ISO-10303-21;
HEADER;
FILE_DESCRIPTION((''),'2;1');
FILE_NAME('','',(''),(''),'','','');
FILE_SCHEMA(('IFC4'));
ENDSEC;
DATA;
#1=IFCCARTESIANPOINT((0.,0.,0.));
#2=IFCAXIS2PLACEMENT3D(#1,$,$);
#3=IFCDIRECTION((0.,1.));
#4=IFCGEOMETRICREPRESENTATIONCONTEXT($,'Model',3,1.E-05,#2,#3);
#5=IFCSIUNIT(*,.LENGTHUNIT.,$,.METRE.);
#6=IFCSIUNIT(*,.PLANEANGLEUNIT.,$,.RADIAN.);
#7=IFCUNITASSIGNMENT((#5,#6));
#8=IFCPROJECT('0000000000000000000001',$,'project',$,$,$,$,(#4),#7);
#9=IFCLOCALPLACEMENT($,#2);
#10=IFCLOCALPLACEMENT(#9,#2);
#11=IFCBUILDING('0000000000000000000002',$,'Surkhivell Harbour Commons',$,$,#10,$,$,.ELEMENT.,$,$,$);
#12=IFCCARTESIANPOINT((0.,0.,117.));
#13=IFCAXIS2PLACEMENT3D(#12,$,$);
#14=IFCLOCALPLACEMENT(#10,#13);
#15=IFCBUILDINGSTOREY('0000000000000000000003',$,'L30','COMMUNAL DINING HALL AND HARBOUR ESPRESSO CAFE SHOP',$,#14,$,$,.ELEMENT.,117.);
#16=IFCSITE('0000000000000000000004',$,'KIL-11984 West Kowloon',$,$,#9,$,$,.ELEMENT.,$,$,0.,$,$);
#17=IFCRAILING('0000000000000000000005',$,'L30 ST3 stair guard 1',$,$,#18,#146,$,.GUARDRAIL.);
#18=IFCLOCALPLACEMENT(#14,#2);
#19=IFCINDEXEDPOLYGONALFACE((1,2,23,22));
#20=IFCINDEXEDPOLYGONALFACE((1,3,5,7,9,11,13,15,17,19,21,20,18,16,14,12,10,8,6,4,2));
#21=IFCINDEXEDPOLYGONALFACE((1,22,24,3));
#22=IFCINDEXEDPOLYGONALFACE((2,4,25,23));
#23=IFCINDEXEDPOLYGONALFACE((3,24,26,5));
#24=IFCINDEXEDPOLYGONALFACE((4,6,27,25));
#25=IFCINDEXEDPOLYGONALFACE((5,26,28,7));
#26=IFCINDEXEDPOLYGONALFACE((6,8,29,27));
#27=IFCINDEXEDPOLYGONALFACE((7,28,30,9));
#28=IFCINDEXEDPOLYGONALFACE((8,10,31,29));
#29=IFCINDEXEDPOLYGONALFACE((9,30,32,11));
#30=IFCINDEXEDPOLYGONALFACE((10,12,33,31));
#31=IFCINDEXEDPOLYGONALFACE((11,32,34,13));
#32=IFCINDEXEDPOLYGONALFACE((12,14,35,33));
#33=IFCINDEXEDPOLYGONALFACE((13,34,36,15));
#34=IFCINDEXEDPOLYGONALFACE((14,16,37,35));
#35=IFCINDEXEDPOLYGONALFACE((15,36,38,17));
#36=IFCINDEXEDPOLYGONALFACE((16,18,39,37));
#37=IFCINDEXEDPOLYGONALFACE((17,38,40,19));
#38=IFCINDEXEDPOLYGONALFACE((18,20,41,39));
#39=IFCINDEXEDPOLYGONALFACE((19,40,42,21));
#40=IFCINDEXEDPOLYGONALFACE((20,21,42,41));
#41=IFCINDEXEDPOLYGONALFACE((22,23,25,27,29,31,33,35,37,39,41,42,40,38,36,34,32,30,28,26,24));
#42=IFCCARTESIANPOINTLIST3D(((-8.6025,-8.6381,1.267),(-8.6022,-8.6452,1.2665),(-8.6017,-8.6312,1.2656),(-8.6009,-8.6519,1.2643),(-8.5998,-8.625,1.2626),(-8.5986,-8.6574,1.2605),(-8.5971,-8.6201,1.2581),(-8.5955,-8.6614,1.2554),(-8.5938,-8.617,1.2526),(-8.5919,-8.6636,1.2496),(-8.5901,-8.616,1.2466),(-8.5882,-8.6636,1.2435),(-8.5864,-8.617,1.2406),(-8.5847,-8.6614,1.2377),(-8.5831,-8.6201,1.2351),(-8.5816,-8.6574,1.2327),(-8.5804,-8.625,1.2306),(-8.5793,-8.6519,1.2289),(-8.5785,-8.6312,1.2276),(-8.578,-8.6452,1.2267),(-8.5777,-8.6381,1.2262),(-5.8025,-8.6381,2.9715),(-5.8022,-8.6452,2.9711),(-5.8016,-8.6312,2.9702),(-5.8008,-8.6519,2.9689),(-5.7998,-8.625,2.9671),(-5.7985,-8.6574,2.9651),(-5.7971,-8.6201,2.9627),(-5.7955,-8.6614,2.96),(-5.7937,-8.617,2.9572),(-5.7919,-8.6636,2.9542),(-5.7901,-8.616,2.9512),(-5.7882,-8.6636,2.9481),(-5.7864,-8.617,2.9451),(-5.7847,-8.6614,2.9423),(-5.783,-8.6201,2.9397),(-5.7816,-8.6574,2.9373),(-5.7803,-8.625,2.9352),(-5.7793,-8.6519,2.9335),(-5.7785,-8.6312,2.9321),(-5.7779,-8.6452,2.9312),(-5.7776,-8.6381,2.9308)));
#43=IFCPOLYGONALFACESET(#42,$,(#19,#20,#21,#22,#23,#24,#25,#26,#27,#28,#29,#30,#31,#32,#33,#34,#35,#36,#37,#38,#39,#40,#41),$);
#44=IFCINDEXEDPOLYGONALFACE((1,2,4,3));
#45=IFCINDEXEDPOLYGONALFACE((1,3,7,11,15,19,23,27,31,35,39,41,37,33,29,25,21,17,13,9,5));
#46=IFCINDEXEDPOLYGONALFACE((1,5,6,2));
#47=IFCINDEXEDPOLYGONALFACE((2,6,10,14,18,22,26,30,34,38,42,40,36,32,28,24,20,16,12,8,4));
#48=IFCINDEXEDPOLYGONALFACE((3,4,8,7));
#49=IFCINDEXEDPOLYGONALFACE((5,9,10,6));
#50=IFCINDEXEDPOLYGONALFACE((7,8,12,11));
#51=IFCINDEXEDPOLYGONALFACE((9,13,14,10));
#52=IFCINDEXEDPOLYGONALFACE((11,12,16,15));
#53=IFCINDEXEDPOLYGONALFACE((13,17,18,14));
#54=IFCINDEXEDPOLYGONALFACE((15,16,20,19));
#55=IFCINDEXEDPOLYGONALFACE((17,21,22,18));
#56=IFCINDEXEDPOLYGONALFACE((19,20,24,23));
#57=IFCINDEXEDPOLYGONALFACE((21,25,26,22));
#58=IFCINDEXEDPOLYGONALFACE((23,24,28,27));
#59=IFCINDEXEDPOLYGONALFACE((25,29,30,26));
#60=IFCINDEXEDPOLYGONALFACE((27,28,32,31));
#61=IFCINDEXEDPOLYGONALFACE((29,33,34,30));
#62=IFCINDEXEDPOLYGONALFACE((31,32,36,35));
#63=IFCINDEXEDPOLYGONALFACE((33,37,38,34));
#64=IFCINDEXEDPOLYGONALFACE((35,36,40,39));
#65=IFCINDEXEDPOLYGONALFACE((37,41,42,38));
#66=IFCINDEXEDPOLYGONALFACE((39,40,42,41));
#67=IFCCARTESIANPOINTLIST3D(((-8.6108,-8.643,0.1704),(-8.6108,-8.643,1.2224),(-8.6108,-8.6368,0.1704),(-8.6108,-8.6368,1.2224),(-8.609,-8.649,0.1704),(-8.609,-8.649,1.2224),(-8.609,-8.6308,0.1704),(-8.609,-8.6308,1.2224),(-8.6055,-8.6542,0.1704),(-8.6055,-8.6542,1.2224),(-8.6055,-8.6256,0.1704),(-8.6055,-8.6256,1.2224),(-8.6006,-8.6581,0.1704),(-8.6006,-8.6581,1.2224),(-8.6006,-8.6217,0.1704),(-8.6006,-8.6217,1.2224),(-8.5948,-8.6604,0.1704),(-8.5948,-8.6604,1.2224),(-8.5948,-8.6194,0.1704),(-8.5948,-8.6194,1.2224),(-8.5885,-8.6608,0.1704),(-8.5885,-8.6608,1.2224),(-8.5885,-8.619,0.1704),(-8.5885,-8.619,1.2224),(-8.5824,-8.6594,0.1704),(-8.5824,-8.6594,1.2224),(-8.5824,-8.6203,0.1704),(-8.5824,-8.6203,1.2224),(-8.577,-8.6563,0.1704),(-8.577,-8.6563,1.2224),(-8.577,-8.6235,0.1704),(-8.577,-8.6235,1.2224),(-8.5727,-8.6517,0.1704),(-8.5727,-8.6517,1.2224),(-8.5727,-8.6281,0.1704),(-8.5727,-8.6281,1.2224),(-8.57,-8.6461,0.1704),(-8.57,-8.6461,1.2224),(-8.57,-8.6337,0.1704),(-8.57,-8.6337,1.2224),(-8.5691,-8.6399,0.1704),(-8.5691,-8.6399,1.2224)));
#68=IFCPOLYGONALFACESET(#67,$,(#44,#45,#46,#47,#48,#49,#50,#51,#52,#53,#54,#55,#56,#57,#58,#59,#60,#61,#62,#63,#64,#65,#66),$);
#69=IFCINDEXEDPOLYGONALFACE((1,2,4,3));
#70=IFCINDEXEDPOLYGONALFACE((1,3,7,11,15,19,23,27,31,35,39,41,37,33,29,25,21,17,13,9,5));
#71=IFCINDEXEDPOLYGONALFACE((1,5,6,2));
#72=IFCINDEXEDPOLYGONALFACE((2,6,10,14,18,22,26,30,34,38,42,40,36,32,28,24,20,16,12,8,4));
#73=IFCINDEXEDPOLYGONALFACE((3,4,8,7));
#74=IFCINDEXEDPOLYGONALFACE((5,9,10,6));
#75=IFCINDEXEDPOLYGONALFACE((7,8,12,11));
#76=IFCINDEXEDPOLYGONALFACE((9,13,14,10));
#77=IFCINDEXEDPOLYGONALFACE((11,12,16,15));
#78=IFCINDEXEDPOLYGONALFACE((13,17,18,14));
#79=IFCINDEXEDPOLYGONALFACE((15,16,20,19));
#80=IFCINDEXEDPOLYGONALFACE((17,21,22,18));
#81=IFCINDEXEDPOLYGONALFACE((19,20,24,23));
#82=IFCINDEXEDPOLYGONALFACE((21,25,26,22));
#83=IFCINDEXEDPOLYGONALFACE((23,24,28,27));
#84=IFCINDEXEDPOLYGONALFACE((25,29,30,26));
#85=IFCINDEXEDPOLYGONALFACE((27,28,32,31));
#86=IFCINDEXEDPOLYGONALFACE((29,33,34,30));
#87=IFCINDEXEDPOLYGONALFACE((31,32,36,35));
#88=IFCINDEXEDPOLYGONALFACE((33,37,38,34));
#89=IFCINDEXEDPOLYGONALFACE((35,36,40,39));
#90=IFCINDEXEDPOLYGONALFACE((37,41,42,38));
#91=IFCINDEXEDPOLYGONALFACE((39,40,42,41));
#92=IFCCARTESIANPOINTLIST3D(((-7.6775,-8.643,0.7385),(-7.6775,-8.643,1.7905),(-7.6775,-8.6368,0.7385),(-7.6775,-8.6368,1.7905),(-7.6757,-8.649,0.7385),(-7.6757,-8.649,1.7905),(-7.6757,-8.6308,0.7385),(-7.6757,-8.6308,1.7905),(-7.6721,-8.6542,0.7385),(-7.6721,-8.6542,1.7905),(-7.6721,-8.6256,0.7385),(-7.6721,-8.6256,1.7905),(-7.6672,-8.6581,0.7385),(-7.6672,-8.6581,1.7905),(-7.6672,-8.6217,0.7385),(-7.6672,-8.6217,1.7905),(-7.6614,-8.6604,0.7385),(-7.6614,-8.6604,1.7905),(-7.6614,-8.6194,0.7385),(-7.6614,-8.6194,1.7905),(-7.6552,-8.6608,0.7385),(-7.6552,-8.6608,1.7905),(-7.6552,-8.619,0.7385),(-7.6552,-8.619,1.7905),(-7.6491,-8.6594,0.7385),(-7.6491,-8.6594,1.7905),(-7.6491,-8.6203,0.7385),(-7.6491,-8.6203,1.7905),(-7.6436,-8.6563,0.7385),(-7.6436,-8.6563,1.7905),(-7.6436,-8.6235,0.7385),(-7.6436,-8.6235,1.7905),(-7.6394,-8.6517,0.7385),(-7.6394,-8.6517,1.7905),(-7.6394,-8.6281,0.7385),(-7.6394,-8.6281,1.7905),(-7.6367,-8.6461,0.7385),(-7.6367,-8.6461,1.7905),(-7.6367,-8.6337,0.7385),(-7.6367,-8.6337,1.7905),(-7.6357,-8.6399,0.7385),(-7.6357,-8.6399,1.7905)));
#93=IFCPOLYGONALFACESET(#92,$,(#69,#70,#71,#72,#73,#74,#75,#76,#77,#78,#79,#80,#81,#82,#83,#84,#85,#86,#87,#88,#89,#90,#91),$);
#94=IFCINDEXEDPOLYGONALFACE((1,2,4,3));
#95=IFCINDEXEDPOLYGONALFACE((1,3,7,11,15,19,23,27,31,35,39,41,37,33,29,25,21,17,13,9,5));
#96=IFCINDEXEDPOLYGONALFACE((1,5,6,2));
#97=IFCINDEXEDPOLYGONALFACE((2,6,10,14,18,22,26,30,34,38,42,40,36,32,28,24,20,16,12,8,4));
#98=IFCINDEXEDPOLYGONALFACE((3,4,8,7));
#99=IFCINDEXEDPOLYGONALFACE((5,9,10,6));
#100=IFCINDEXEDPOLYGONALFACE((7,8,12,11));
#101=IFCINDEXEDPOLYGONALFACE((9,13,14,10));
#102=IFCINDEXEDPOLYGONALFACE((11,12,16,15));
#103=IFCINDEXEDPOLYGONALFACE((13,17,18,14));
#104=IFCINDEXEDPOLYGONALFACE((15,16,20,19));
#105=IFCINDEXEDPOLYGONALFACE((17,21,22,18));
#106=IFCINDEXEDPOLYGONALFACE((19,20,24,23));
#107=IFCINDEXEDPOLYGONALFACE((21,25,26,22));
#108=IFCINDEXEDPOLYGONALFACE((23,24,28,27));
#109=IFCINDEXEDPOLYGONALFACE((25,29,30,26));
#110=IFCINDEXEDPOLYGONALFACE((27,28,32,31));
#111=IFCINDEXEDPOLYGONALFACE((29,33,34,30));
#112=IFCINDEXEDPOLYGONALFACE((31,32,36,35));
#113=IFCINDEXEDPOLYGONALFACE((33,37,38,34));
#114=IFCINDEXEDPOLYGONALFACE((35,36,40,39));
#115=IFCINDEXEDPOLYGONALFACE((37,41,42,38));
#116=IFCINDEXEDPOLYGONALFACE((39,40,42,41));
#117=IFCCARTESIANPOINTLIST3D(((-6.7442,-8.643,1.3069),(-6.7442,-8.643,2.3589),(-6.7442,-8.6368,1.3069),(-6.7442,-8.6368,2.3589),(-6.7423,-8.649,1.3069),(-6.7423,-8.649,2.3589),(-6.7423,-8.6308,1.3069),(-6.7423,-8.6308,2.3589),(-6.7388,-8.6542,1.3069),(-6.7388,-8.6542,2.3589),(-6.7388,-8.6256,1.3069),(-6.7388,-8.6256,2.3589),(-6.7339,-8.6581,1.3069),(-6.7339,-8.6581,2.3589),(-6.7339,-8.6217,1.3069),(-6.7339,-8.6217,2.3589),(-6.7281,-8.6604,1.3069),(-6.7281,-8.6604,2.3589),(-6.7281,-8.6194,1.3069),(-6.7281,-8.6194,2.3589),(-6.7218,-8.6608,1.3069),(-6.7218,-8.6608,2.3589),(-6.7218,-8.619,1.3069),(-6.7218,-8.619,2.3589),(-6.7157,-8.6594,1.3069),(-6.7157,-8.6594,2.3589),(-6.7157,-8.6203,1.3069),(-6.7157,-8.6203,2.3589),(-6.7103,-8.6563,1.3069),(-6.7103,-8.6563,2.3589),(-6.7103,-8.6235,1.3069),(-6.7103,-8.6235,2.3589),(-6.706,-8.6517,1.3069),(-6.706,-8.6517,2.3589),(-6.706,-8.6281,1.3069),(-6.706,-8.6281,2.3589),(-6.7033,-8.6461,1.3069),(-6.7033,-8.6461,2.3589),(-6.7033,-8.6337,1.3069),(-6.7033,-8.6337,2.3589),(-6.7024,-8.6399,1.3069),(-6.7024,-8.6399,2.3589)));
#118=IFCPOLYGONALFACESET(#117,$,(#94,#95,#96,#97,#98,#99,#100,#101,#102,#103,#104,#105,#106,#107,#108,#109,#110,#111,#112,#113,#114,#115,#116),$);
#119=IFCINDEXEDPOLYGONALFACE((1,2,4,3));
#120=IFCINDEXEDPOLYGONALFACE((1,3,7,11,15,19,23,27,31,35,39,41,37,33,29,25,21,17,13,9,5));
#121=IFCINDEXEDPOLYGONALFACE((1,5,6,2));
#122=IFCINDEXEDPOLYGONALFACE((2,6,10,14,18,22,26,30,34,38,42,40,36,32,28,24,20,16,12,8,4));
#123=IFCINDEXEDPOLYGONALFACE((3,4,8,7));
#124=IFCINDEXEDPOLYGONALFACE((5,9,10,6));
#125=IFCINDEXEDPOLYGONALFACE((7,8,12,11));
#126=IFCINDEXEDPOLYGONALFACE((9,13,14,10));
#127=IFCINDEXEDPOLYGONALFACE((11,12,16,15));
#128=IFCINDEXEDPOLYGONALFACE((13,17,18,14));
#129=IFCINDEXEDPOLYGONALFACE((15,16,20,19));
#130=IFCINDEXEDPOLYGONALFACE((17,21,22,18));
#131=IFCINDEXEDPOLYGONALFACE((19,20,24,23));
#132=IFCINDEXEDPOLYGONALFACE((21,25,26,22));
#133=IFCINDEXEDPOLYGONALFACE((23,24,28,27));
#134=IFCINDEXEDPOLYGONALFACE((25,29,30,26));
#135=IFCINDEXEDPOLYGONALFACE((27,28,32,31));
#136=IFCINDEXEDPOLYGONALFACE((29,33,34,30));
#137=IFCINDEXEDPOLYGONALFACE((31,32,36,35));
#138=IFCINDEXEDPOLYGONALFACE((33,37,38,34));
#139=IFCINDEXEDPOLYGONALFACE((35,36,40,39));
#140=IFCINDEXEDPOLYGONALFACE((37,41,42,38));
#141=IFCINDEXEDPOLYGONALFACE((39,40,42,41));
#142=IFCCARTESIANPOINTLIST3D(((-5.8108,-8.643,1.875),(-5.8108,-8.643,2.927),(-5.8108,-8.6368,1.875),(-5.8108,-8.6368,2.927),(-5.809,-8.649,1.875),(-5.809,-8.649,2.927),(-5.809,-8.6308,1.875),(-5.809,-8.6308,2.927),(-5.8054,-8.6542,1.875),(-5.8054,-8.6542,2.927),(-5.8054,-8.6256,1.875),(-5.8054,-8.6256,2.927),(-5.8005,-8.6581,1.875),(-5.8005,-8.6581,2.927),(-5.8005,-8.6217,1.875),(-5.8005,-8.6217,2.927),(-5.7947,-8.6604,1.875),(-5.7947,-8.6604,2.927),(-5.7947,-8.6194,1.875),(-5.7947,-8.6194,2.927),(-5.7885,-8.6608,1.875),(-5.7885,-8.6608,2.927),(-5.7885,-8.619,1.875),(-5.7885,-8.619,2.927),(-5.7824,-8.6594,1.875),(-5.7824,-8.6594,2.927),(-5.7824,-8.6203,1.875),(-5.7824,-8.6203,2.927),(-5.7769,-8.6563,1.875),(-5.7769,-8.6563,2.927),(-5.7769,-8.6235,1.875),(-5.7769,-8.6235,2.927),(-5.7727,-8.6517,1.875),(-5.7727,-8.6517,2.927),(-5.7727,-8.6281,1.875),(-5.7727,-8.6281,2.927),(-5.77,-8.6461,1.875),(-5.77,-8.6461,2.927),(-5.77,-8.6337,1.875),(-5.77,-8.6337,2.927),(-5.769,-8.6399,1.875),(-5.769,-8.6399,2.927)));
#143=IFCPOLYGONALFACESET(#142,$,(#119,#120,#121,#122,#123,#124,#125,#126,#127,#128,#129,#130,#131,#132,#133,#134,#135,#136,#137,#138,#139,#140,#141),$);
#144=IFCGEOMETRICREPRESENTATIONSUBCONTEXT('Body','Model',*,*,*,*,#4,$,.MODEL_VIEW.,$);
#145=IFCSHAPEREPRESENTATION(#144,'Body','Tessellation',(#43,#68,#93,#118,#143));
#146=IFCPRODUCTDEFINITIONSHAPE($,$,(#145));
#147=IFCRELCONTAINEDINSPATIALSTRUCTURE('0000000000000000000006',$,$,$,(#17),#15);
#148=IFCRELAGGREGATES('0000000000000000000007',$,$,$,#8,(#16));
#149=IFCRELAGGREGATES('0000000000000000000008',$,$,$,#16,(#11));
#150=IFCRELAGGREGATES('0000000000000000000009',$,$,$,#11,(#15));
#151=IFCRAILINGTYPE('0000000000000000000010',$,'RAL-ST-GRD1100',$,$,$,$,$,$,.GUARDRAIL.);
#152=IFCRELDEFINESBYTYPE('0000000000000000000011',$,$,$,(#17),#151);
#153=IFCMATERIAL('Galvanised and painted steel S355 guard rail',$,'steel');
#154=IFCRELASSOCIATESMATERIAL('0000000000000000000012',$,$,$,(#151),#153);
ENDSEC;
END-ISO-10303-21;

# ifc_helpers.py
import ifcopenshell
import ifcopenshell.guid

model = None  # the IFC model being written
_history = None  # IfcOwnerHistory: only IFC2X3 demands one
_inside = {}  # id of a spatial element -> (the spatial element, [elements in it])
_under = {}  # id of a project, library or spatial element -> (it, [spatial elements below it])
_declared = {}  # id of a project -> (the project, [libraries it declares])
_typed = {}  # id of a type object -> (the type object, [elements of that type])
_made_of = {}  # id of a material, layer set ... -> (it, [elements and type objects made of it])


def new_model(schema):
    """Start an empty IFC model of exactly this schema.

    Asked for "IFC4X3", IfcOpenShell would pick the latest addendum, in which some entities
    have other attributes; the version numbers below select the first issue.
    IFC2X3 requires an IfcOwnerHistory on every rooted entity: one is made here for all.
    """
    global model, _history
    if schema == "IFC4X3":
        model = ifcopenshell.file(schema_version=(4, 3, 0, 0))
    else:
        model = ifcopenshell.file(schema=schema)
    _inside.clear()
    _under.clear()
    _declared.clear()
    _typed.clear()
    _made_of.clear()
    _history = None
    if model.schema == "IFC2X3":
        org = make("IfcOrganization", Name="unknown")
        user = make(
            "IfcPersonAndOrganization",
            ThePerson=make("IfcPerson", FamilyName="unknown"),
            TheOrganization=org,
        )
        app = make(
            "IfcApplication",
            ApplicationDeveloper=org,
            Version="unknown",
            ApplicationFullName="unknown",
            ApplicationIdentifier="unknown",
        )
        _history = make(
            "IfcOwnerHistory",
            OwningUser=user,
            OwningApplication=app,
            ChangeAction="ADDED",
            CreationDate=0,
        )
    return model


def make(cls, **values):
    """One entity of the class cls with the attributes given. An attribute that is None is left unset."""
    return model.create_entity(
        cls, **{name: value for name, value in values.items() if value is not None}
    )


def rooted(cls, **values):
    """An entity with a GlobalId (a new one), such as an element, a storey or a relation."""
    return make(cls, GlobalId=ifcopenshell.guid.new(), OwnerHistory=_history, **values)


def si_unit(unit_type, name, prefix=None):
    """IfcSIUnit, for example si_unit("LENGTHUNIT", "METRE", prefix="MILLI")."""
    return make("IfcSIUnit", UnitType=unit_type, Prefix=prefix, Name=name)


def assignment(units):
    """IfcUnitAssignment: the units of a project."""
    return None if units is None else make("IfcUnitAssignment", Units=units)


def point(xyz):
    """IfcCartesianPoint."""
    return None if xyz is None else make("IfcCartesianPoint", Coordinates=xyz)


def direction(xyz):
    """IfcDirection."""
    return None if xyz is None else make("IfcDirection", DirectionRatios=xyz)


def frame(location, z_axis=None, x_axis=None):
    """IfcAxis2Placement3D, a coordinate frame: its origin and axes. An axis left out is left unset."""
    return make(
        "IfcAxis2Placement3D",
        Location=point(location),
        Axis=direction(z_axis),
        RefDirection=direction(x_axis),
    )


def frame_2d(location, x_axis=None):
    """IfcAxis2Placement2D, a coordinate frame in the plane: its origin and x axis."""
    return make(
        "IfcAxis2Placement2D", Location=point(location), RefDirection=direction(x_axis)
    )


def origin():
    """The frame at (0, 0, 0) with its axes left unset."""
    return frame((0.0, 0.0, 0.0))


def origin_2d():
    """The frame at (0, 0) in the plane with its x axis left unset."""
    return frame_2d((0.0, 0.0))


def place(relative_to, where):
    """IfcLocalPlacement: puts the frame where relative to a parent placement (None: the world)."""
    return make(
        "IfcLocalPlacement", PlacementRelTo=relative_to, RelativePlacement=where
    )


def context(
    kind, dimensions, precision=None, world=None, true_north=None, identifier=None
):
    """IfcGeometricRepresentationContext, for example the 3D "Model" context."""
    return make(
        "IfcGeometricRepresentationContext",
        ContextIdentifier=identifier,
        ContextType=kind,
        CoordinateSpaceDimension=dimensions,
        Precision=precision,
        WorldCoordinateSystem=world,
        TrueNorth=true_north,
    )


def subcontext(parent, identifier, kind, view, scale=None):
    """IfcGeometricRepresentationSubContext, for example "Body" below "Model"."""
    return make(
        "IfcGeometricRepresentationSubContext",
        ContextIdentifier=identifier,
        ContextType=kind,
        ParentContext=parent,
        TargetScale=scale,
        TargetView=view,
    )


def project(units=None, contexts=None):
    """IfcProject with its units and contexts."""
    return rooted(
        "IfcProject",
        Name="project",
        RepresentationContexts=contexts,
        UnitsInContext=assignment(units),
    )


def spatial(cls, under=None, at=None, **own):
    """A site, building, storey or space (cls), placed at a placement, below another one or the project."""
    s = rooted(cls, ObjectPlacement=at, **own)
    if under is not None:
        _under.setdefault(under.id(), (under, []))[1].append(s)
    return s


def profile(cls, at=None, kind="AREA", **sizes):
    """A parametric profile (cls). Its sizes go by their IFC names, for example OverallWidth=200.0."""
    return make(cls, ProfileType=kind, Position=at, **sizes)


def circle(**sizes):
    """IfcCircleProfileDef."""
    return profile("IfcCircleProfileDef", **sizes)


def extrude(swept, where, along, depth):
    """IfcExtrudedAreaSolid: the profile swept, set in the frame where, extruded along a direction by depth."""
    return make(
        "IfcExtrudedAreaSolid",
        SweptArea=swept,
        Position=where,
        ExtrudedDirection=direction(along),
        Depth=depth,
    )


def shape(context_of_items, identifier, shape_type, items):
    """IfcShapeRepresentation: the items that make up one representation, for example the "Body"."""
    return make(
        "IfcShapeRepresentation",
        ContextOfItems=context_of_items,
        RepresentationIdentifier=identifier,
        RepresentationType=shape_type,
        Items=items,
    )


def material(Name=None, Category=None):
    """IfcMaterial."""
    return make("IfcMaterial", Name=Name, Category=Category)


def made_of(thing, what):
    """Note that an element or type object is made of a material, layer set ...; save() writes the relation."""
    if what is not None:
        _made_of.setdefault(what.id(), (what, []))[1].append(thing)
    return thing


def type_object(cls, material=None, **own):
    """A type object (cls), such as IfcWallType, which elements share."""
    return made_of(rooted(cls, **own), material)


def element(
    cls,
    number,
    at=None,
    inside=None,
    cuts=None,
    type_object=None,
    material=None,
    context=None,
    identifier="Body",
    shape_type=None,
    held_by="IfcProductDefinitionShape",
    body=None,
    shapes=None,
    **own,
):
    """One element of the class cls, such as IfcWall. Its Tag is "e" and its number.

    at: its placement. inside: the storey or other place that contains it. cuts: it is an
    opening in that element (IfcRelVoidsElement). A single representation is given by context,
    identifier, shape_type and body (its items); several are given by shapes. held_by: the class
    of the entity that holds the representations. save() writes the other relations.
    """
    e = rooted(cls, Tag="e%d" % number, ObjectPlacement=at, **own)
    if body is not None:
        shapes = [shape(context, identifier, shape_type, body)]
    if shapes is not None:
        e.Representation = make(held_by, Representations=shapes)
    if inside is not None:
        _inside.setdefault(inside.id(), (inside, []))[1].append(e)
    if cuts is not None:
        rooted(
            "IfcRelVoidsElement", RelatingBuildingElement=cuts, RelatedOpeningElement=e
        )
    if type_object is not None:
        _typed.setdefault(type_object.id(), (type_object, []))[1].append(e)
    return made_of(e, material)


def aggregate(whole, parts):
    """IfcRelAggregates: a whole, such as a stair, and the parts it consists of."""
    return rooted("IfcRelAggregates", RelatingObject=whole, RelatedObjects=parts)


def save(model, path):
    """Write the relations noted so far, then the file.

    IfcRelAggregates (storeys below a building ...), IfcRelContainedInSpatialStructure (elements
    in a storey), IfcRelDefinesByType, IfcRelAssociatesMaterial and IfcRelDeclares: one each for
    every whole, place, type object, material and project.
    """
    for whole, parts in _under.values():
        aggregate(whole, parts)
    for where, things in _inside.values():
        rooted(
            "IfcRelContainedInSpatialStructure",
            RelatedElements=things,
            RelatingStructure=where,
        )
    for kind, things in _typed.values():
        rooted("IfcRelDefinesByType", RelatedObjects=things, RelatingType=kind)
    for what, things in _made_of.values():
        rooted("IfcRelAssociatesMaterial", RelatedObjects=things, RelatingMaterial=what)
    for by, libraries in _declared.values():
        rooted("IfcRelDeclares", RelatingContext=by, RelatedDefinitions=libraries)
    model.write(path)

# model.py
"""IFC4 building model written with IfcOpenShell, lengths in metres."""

from ifc_helpers import new_model, si_unit, direction, frame, origin, origin_2d, place, context, subcontext, project, spatial, circle, extrude, material, type_object, element, save


model = new_model("IFC4")

# Units and contexts
model_context = context("Model", 3, precision=1e-05, world=origin(), true_north=direction((0.0, 1.0)))
body_context = subcontext(model_context, "Body", "Model", "MODEL_VIEW")
ifc_project = project(units=[si_unit("LENGTHUNIT", "METRE"), si_unit("PLANEANGLEUNIT", "RADIAN")], contexts=[model_context])

# Site, building, storey
site_placement = place(None, origin())
site = spatial("IfcSite", under=ifc_project, at=site_placement, Name="KIL-11984 West Kowloon", CompositionType="ELEMENT", RefElevation=0.0)
building_placement = place(site_placement, origin())
building = spatial("IfcBuilding", under=site, at=building_placement, Name="Surkhivell Harbour Commons", CompositionType="ELEMENT")
storey_placement = place(building_placement, frame((0.0, 0.0, 117.0)))
storey = spatial("IfcBuildingStorey", under=building, at=storey_placement, Name="L30", Description="COMMUNAL DINING HALL AND HARBOUR ESPRESSO CAFE SHOP", CompositionType="ELEMENT", Elevation=117.0)

# Railing
ifc_material_1 = material(Name="Galvanised and painted steel S355 guard rail", Category="steel")
railing_type_1 = type_object("IfcRailingType", Name="RAL-ST-GRD1100", PredefinedType="GUARDRAIL", material=ifc_material_1)
railing_1_placement = place(storey_placement, frame((-8.5901, -8.6399, 0.1704)))
element("IfcRailing", 1, at=railing_1_placement, inside=storey, type_object=railing_type_1, Name="L30 ST3 stair guard 1", PredefinedType="GUARDRAIL", context=body_context, shape_type="SweptSolid", body=[
    extrude(circle(Radius=0.0239, at=origin_2d()), frame((0.0, 0.0, 1.0762), z_axis=(0.85417, 0.0, 0.519994), x_axis=(0.0, 1.0, 0.0)), (0.0, 0.0, 1.0), 3.2781),
    extrude(circle(Radius=0.021, at=origin_2d()), origin(), (0.0, 0.0, 1.0), 1.052),
    extrude(circle(Radius=0.021, at=origin_2d()), frame((0.9333, 0.0, 0.5681)), (0.0, 0.0, 1.0), 1.052),
    extrude(circle(Radius=0.021, at=origin_2d()), frame((1.8667, 0.0, 1.1365)), (0.0, 0.0, 1.0), 1.052),
    extrude(circle(Radius=0.021, at=origin_2d()), frame((2.8, 0.0, 1.7046)), (0.0, 0.0, 1.0), 1.052),
])

save(model, "model.ifc")
